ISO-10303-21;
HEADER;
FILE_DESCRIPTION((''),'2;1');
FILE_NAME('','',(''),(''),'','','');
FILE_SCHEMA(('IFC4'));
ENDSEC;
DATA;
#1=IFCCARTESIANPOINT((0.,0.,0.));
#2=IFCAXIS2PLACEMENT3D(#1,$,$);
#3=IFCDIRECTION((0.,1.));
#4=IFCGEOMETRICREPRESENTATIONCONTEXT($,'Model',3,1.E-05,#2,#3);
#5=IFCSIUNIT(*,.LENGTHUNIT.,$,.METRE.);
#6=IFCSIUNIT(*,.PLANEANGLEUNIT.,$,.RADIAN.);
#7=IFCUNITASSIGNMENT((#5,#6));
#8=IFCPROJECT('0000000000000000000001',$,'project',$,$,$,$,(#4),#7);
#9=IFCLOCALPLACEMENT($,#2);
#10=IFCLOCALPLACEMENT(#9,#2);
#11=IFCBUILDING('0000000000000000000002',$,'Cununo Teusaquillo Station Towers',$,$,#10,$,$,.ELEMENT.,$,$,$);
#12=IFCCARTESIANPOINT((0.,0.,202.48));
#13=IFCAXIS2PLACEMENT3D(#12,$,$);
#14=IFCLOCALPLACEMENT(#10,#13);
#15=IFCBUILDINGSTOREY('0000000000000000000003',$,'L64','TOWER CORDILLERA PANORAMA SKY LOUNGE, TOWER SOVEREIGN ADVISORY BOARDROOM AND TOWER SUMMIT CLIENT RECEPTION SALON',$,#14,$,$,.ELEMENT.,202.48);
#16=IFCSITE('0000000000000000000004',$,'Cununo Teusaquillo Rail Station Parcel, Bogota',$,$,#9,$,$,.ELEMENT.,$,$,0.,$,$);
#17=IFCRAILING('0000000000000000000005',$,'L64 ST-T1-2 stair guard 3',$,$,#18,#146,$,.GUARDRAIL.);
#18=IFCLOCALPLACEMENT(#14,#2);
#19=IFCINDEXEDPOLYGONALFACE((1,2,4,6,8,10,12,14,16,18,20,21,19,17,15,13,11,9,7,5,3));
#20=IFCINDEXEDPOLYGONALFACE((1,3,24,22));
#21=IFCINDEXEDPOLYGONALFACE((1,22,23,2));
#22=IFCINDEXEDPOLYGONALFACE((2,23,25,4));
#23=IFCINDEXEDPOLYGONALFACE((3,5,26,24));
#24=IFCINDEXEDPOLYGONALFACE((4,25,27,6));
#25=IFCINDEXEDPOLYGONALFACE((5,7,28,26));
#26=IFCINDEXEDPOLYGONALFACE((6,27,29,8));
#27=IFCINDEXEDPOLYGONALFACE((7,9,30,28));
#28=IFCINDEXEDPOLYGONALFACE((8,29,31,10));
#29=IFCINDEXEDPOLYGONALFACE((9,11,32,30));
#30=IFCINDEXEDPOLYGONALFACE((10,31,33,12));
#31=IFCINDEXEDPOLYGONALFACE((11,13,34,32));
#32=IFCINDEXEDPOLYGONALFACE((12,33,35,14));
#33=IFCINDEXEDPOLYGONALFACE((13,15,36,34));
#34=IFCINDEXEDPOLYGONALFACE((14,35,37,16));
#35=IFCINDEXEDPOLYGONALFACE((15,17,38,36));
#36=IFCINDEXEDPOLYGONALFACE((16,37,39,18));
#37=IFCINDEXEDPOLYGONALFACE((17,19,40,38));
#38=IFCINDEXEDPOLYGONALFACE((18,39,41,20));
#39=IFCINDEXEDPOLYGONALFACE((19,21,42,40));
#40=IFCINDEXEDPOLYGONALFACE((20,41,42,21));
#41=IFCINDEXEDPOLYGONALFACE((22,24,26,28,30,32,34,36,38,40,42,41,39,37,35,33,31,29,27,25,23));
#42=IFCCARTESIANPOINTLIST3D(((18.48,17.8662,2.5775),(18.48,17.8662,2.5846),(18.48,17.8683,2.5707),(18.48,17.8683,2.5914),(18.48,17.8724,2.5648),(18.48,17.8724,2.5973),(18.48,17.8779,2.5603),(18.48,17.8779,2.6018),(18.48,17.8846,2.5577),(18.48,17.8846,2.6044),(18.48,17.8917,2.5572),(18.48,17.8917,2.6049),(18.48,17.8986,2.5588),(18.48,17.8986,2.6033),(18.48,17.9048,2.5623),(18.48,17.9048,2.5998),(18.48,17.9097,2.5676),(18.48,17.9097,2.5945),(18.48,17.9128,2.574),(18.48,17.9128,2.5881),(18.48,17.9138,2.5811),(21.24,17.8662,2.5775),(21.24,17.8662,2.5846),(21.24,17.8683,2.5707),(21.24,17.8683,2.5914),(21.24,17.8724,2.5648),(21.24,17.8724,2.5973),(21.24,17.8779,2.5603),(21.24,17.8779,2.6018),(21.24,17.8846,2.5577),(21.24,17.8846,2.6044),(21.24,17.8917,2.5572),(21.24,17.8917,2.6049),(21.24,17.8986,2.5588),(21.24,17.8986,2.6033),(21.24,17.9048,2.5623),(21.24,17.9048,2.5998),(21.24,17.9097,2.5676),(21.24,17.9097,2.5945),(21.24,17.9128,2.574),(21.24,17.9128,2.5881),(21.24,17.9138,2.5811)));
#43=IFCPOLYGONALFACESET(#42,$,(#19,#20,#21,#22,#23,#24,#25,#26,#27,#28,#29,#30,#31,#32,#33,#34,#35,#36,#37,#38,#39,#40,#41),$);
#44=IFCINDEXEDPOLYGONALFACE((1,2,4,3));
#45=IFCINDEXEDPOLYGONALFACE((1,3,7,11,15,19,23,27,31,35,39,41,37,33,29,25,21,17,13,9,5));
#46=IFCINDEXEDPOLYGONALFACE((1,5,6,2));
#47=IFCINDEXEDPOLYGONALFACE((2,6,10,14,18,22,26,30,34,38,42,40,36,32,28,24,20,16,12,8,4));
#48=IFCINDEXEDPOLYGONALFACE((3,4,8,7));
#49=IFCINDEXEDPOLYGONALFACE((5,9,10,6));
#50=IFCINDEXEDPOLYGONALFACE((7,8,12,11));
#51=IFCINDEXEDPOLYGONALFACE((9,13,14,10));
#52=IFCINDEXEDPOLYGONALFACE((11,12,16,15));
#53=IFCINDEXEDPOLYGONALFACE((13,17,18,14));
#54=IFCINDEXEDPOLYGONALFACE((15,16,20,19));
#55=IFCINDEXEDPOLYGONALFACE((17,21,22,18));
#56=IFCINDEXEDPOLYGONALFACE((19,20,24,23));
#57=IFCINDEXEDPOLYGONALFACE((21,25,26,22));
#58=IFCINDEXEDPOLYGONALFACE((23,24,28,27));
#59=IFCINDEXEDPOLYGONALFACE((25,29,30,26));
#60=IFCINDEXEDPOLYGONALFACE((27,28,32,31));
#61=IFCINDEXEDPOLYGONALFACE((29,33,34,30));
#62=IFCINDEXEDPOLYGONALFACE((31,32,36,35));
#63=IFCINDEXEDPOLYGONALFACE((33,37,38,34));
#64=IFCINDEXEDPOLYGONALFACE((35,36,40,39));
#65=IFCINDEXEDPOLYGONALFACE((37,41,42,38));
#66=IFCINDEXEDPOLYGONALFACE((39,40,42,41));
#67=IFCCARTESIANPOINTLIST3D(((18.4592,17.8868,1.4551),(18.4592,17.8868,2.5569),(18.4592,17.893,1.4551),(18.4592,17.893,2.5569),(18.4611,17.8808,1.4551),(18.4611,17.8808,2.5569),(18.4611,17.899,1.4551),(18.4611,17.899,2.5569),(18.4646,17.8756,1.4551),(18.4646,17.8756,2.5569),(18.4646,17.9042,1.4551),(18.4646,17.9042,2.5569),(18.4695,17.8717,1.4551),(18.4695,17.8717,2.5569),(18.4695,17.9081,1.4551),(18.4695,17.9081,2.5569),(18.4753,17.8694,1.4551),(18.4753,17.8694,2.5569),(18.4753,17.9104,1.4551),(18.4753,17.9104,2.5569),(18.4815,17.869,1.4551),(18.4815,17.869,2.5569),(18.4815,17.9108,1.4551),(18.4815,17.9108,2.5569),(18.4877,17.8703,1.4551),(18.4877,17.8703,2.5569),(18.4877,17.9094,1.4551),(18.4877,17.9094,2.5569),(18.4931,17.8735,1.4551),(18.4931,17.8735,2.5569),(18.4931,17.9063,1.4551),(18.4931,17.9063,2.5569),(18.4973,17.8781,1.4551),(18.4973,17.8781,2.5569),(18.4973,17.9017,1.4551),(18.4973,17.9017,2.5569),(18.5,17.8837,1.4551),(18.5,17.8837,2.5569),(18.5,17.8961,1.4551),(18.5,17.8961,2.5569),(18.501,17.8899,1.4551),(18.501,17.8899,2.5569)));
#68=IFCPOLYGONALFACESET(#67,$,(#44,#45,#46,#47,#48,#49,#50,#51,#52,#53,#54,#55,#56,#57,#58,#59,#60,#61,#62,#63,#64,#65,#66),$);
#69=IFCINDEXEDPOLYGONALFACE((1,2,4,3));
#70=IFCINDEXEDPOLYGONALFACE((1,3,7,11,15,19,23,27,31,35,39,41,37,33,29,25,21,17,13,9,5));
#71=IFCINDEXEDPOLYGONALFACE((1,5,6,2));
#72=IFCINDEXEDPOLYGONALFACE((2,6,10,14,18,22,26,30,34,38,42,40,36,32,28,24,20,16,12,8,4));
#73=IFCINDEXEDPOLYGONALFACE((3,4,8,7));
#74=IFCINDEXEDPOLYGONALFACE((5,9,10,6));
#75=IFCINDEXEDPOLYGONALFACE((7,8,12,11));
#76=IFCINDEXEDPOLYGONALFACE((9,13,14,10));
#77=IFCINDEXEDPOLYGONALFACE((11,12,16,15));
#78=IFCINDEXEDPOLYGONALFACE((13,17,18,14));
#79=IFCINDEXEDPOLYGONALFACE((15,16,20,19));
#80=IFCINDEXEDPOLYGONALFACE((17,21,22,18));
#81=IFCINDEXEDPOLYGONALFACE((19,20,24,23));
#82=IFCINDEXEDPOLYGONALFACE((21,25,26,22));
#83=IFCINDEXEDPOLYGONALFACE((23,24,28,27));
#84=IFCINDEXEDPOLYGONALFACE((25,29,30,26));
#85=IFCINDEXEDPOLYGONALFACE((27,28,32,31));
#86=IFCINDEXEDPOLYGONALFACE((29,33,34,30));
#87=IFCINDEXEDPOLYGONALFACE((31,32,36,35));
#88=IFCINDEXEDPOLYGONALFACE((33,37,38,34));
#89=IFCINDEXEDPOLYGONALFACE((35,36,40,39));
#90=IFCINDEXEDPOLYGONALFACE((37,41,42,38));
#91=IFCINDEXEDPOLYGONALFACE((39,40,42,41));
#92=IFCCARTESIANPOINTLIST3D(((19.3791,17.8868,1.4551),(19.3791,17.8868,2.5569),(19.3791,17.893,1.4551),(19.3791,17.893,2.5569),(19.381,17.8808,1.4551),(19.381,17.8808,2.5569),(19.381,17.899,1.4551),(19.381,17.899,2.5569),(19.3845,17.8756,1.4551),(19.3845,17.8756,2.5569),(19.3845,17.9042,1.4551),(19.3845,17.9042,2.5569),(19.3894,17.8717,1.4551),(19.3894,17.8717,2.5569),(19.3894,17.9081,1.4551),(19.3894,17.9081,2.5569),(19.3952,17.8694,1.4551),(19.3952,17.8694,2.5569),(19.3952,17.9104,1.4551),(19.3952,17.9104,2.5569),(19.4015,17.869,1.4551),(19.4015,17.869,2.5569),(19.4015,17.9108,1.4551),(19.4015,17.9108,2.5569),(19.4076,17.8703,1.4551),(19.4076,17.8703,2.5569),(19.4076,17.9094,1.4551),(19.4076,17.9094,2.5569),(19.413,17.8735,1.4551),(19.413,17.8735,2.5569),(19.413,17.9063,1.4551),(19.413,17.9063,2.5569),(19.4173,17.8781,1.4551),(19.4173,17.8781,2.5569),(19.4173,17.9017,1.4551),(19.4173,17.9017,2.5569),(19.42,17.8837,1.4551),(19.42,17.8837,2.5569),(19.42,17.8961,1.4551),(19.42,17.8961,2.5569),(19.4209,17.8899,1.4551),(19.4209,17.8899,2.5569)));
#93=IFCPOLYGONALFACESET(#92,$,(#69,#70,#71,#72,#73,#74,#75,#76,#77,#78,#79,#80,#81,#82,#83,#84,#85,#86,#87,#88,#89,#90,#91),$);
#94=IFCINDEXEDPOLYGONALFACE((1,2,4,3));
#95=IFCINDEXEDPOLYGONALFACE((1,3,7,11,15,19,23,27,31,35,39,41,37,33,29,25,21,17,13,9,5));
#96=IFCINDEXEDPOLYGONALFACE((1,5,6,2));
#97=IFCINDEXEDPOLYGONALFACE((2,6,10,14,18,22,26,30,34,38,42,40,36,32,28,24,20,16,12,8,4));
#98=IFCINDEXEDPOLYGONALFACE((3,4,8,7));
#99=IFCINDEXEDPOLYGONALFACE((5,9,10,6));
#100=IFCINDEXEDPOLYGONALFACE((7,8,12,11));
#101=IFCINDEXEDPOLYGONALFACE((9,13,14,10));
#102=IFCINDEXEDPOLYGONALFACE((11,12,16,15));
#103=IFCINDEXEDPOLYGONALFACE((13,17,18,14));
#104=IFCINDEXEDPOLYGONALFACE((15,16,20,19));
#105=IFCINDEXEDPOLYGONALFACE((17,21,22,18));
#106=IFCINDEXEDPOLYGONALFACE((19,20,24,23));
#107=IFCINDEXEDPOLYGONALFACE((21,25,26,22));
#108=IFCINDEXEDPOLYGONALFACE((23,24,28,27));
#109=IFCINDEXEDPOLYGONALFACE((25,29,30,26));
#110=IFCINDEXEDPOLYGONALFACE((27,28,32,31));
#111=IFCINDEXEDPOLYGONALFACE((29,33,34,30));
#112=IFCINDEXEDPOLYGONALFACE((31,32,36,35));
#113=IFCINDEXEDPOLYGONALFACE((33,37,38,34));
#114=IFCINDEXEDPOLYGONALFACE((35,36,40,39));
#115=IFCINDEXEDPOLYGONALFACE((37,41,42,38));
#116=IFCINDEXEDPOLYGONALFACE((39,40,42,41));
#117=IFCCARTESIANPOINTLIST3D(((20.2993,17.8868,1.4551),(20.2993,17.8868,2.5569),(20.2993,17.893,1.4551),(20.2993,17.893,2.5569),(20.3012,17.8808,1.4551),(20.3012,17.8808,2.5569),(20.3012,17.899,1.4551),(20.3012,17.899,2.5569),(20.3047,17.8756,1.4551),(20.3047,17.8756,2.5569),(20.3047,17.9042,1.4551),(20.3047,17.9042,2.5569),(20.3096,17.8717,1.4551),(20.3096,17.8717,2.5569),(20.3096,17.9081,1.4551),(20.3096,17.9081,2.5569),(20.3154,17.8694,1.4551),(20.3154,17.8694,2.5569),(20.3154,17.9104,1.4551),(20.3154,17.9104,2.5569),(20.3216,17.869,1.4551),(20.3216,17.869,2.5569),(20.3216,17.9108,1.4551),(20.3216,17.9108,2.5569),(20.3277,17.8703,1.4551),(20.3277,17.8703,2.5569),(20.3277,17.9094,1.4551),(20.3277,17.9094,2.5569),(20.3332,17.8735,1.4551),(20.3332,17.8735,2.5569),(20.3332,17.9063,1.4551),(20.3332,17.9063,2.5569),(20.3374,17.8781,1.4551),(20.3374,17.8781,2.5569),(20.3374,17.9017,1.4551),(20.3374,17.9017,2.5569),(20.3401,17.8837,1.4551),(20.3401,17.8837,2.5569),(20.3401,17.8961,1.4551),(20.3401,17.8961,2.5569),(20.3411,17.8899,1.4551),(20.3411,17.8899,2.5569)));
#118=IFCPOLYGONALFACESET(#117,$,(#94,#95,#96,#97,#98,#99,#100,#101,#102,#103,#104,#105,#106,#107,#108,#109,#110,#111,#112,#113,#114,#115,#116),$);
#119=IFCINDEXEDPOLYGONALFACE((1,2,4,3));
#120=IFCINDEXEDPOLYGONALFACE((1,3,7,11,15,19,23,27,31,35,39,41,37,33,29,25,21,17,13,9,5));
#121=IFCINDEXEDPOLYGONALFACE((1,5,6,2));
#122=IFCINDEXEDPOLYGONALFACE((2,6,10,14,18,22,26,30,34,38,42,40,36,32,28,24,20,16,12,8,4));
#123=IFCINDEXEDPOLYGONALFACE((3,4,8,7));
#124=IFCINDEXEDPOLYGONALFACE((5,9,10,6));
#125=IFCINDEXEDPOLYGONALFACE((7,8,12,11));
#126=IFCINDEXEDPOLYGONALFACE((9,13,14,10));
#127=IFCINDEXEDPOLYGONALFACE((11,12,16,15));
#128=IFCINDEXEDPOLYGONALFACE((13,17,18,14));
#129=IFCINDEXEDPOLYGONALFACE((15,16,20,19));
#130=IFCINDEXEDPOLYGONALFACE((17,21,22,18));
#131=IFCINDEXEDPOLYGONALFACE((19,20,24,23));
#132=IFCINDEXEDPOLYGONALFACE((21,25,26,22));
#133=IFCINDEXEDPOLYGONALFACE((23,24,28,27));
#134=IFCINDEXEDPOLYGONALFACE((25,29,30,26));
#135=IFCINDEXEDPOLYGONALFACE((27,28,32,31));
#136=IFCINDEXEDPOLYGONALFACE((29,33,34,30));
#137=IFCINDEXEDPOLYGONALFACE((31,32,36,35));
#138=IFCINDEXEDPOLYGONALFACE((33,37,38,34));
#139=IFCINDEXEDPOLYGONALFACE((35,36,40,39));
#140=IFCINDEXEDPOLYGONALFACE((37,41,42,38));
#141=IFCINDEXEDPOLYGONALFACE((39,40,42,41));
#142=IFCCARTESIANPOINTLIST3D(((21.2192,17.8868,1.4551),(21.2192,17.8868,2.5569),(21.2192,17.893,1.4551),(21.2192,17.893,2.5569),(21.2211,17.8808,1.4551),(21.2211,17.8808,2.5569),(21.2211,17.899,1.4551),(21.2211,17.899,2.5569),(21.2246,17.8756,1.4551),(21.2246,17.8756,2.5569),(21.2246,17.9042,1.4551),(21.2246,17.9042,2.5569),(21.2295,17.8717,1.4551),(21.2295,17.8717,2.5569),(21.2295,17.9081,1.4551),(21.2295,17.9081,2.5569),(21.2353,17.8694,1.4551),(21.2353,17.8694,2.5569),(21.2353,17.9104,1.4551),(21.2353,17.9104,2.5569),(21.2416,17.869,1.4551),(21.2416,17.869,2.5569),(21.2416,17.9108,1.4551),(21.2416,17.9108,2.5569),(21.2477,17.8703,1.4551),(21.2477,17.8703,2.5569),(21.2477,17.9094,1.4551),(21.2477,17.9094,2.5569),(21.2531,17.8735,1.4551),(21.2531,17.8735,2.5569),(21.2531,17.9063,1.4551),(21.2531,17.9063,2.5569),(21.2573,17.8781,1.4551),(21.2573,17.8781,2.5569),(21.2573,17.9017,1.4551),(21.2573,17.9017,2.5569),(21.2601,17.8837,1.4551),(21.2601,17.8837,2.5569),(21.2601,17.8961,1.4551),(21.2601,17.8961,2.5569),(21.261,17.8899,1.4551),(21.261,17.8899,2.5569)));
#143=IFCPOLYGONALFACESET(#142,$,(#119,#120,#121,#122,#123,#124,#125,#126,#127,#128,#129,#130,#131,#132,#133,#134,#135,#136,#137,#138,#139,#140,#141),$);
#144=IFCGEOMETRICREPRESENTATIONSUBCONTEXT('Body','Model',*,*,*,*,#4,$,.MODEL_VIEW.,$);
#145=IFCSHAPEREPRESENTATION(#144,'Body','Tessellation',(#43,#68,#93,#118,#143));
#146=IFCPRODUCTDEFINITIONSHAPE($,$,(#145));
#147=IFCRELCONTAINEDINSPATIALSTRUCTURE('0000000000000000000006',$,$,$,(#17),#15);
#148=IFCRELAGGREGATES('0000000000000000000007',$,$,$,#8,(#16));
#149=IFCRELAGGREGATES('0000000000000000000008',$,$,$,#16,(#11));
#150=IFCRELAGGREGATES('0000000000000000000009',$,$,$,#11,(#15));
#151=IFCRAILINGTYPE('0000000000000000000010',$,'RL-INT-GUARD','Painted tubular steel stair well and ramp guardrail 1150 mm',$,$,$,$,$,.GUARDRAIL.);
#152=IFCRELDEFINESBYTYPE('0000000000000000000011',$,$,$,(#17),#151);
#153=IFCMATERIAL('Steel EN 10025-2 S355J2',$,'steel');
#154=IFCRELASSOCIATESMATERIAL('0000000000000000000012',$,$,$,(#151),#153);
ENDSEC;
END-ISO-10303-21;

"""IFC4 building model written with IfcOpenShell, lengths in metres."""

from ifc_helpers import new_model, si_unit, direction, frame, origin, origin_2d, place, context, subcontext, project, spatial, circle, extrude, material, type_object, element, save


model = new_model("IFC4")

# Units and contexts
model_context = context("Model", 3, precision=1e-05, world=origin(), true_north=direction((0.0, 1.0)))
body_context = subcontext(model_context, "Body", "Model", "MODEL_VIEW")
ifc_project = project(units=[si_unit("LENGTHUNIT", "METRE"), si_unit("PLANEANGLEUNIT", "RADIAN")], contexts=[model_context])

# Site, building, storey
site_placement = place(None, origin())
site = spatial("IfcSite", under=ifc_project, at=site_placement, Name="Cununo Teusaquillo Rail Station Parcel, Bogota", CompositionType="ELEMENT", RefElevation=0.0)
building_placement = place(site_placement, origin())
building = spatial("IfcBuilding", under=site, at=building_placement, Name="Cununo Teusaquillo Station Towers", CompositionType="ELEMENT")
storey_placement = place(building_placement, frame((0.0, 0.0, 202.48)))
storey = spatial("IfcBuildingStorey", under=building, at=storey_placement, Name="L64", Description="TOWER CORDILLERA PANORAMA SKY LOUNGE, TOWER SOVEREIGN ADVISORY BOARDROOM AND TOWER SUMMIT CLIENT RECEPTION SALON", CompositionType="ELEMENT", Elevation=202.48)

# Railing
ifc_material_1 = material(Name="Steel EN 10025-2 S355J2", Category="steel")
railing_type_1 = type_object("IfcRailingType", Name="RL-INT-GUARD", Description="Painted tubular steel stair well and ramp guardrail 1150 mm", PredefinedType="GUARDRAIL", material=ifc_material_1)
railing_1_placement = place(storey_placement, frame((18.48, 17.8899, 1.4551)))
element("IfcRailing", 1, at=railing_1_placement, inside=storey, type_object=railing_type_1, Name="L64 ST-T1-2 stair guard 3", PredefinedType="GUARDRAIL", context=body_context, shape_type="SweptSolid", body=[
    extrude(circle(Radius=0.0239, at=origin_2d()), frame((0.0, 0.0, 1.126), z_axis=(1.0, 0.0, 0.0), x_axis=(0.0, 1.0, 0.0)), (0.0, 0.0, 1.0), 2.76),
    extrude(circle(Radius=0.021, at=origin_2d()), origin(), (0.0, 0.0, 1.0), 1.1018),
    extrude(circle(Radius=0.021, at=origin_2d()), frame((0.9199, 0.0, 0.0)), (0.0, 0.0, 1.0), 1.1018),
    extrude(circle(Radius=0.021, at=origin_2d()), frame((1.8401, 0.0, 0.0)), (0.0, 0.0, 1.0), 1.1018),
    extrude(circle(Radius=0.021, at=origin_2d()), frame((2.76, 0.0, 0.0)), (0.0, 0.0, 1.0), 1.1018),
])

save(model, "model.ifc")
